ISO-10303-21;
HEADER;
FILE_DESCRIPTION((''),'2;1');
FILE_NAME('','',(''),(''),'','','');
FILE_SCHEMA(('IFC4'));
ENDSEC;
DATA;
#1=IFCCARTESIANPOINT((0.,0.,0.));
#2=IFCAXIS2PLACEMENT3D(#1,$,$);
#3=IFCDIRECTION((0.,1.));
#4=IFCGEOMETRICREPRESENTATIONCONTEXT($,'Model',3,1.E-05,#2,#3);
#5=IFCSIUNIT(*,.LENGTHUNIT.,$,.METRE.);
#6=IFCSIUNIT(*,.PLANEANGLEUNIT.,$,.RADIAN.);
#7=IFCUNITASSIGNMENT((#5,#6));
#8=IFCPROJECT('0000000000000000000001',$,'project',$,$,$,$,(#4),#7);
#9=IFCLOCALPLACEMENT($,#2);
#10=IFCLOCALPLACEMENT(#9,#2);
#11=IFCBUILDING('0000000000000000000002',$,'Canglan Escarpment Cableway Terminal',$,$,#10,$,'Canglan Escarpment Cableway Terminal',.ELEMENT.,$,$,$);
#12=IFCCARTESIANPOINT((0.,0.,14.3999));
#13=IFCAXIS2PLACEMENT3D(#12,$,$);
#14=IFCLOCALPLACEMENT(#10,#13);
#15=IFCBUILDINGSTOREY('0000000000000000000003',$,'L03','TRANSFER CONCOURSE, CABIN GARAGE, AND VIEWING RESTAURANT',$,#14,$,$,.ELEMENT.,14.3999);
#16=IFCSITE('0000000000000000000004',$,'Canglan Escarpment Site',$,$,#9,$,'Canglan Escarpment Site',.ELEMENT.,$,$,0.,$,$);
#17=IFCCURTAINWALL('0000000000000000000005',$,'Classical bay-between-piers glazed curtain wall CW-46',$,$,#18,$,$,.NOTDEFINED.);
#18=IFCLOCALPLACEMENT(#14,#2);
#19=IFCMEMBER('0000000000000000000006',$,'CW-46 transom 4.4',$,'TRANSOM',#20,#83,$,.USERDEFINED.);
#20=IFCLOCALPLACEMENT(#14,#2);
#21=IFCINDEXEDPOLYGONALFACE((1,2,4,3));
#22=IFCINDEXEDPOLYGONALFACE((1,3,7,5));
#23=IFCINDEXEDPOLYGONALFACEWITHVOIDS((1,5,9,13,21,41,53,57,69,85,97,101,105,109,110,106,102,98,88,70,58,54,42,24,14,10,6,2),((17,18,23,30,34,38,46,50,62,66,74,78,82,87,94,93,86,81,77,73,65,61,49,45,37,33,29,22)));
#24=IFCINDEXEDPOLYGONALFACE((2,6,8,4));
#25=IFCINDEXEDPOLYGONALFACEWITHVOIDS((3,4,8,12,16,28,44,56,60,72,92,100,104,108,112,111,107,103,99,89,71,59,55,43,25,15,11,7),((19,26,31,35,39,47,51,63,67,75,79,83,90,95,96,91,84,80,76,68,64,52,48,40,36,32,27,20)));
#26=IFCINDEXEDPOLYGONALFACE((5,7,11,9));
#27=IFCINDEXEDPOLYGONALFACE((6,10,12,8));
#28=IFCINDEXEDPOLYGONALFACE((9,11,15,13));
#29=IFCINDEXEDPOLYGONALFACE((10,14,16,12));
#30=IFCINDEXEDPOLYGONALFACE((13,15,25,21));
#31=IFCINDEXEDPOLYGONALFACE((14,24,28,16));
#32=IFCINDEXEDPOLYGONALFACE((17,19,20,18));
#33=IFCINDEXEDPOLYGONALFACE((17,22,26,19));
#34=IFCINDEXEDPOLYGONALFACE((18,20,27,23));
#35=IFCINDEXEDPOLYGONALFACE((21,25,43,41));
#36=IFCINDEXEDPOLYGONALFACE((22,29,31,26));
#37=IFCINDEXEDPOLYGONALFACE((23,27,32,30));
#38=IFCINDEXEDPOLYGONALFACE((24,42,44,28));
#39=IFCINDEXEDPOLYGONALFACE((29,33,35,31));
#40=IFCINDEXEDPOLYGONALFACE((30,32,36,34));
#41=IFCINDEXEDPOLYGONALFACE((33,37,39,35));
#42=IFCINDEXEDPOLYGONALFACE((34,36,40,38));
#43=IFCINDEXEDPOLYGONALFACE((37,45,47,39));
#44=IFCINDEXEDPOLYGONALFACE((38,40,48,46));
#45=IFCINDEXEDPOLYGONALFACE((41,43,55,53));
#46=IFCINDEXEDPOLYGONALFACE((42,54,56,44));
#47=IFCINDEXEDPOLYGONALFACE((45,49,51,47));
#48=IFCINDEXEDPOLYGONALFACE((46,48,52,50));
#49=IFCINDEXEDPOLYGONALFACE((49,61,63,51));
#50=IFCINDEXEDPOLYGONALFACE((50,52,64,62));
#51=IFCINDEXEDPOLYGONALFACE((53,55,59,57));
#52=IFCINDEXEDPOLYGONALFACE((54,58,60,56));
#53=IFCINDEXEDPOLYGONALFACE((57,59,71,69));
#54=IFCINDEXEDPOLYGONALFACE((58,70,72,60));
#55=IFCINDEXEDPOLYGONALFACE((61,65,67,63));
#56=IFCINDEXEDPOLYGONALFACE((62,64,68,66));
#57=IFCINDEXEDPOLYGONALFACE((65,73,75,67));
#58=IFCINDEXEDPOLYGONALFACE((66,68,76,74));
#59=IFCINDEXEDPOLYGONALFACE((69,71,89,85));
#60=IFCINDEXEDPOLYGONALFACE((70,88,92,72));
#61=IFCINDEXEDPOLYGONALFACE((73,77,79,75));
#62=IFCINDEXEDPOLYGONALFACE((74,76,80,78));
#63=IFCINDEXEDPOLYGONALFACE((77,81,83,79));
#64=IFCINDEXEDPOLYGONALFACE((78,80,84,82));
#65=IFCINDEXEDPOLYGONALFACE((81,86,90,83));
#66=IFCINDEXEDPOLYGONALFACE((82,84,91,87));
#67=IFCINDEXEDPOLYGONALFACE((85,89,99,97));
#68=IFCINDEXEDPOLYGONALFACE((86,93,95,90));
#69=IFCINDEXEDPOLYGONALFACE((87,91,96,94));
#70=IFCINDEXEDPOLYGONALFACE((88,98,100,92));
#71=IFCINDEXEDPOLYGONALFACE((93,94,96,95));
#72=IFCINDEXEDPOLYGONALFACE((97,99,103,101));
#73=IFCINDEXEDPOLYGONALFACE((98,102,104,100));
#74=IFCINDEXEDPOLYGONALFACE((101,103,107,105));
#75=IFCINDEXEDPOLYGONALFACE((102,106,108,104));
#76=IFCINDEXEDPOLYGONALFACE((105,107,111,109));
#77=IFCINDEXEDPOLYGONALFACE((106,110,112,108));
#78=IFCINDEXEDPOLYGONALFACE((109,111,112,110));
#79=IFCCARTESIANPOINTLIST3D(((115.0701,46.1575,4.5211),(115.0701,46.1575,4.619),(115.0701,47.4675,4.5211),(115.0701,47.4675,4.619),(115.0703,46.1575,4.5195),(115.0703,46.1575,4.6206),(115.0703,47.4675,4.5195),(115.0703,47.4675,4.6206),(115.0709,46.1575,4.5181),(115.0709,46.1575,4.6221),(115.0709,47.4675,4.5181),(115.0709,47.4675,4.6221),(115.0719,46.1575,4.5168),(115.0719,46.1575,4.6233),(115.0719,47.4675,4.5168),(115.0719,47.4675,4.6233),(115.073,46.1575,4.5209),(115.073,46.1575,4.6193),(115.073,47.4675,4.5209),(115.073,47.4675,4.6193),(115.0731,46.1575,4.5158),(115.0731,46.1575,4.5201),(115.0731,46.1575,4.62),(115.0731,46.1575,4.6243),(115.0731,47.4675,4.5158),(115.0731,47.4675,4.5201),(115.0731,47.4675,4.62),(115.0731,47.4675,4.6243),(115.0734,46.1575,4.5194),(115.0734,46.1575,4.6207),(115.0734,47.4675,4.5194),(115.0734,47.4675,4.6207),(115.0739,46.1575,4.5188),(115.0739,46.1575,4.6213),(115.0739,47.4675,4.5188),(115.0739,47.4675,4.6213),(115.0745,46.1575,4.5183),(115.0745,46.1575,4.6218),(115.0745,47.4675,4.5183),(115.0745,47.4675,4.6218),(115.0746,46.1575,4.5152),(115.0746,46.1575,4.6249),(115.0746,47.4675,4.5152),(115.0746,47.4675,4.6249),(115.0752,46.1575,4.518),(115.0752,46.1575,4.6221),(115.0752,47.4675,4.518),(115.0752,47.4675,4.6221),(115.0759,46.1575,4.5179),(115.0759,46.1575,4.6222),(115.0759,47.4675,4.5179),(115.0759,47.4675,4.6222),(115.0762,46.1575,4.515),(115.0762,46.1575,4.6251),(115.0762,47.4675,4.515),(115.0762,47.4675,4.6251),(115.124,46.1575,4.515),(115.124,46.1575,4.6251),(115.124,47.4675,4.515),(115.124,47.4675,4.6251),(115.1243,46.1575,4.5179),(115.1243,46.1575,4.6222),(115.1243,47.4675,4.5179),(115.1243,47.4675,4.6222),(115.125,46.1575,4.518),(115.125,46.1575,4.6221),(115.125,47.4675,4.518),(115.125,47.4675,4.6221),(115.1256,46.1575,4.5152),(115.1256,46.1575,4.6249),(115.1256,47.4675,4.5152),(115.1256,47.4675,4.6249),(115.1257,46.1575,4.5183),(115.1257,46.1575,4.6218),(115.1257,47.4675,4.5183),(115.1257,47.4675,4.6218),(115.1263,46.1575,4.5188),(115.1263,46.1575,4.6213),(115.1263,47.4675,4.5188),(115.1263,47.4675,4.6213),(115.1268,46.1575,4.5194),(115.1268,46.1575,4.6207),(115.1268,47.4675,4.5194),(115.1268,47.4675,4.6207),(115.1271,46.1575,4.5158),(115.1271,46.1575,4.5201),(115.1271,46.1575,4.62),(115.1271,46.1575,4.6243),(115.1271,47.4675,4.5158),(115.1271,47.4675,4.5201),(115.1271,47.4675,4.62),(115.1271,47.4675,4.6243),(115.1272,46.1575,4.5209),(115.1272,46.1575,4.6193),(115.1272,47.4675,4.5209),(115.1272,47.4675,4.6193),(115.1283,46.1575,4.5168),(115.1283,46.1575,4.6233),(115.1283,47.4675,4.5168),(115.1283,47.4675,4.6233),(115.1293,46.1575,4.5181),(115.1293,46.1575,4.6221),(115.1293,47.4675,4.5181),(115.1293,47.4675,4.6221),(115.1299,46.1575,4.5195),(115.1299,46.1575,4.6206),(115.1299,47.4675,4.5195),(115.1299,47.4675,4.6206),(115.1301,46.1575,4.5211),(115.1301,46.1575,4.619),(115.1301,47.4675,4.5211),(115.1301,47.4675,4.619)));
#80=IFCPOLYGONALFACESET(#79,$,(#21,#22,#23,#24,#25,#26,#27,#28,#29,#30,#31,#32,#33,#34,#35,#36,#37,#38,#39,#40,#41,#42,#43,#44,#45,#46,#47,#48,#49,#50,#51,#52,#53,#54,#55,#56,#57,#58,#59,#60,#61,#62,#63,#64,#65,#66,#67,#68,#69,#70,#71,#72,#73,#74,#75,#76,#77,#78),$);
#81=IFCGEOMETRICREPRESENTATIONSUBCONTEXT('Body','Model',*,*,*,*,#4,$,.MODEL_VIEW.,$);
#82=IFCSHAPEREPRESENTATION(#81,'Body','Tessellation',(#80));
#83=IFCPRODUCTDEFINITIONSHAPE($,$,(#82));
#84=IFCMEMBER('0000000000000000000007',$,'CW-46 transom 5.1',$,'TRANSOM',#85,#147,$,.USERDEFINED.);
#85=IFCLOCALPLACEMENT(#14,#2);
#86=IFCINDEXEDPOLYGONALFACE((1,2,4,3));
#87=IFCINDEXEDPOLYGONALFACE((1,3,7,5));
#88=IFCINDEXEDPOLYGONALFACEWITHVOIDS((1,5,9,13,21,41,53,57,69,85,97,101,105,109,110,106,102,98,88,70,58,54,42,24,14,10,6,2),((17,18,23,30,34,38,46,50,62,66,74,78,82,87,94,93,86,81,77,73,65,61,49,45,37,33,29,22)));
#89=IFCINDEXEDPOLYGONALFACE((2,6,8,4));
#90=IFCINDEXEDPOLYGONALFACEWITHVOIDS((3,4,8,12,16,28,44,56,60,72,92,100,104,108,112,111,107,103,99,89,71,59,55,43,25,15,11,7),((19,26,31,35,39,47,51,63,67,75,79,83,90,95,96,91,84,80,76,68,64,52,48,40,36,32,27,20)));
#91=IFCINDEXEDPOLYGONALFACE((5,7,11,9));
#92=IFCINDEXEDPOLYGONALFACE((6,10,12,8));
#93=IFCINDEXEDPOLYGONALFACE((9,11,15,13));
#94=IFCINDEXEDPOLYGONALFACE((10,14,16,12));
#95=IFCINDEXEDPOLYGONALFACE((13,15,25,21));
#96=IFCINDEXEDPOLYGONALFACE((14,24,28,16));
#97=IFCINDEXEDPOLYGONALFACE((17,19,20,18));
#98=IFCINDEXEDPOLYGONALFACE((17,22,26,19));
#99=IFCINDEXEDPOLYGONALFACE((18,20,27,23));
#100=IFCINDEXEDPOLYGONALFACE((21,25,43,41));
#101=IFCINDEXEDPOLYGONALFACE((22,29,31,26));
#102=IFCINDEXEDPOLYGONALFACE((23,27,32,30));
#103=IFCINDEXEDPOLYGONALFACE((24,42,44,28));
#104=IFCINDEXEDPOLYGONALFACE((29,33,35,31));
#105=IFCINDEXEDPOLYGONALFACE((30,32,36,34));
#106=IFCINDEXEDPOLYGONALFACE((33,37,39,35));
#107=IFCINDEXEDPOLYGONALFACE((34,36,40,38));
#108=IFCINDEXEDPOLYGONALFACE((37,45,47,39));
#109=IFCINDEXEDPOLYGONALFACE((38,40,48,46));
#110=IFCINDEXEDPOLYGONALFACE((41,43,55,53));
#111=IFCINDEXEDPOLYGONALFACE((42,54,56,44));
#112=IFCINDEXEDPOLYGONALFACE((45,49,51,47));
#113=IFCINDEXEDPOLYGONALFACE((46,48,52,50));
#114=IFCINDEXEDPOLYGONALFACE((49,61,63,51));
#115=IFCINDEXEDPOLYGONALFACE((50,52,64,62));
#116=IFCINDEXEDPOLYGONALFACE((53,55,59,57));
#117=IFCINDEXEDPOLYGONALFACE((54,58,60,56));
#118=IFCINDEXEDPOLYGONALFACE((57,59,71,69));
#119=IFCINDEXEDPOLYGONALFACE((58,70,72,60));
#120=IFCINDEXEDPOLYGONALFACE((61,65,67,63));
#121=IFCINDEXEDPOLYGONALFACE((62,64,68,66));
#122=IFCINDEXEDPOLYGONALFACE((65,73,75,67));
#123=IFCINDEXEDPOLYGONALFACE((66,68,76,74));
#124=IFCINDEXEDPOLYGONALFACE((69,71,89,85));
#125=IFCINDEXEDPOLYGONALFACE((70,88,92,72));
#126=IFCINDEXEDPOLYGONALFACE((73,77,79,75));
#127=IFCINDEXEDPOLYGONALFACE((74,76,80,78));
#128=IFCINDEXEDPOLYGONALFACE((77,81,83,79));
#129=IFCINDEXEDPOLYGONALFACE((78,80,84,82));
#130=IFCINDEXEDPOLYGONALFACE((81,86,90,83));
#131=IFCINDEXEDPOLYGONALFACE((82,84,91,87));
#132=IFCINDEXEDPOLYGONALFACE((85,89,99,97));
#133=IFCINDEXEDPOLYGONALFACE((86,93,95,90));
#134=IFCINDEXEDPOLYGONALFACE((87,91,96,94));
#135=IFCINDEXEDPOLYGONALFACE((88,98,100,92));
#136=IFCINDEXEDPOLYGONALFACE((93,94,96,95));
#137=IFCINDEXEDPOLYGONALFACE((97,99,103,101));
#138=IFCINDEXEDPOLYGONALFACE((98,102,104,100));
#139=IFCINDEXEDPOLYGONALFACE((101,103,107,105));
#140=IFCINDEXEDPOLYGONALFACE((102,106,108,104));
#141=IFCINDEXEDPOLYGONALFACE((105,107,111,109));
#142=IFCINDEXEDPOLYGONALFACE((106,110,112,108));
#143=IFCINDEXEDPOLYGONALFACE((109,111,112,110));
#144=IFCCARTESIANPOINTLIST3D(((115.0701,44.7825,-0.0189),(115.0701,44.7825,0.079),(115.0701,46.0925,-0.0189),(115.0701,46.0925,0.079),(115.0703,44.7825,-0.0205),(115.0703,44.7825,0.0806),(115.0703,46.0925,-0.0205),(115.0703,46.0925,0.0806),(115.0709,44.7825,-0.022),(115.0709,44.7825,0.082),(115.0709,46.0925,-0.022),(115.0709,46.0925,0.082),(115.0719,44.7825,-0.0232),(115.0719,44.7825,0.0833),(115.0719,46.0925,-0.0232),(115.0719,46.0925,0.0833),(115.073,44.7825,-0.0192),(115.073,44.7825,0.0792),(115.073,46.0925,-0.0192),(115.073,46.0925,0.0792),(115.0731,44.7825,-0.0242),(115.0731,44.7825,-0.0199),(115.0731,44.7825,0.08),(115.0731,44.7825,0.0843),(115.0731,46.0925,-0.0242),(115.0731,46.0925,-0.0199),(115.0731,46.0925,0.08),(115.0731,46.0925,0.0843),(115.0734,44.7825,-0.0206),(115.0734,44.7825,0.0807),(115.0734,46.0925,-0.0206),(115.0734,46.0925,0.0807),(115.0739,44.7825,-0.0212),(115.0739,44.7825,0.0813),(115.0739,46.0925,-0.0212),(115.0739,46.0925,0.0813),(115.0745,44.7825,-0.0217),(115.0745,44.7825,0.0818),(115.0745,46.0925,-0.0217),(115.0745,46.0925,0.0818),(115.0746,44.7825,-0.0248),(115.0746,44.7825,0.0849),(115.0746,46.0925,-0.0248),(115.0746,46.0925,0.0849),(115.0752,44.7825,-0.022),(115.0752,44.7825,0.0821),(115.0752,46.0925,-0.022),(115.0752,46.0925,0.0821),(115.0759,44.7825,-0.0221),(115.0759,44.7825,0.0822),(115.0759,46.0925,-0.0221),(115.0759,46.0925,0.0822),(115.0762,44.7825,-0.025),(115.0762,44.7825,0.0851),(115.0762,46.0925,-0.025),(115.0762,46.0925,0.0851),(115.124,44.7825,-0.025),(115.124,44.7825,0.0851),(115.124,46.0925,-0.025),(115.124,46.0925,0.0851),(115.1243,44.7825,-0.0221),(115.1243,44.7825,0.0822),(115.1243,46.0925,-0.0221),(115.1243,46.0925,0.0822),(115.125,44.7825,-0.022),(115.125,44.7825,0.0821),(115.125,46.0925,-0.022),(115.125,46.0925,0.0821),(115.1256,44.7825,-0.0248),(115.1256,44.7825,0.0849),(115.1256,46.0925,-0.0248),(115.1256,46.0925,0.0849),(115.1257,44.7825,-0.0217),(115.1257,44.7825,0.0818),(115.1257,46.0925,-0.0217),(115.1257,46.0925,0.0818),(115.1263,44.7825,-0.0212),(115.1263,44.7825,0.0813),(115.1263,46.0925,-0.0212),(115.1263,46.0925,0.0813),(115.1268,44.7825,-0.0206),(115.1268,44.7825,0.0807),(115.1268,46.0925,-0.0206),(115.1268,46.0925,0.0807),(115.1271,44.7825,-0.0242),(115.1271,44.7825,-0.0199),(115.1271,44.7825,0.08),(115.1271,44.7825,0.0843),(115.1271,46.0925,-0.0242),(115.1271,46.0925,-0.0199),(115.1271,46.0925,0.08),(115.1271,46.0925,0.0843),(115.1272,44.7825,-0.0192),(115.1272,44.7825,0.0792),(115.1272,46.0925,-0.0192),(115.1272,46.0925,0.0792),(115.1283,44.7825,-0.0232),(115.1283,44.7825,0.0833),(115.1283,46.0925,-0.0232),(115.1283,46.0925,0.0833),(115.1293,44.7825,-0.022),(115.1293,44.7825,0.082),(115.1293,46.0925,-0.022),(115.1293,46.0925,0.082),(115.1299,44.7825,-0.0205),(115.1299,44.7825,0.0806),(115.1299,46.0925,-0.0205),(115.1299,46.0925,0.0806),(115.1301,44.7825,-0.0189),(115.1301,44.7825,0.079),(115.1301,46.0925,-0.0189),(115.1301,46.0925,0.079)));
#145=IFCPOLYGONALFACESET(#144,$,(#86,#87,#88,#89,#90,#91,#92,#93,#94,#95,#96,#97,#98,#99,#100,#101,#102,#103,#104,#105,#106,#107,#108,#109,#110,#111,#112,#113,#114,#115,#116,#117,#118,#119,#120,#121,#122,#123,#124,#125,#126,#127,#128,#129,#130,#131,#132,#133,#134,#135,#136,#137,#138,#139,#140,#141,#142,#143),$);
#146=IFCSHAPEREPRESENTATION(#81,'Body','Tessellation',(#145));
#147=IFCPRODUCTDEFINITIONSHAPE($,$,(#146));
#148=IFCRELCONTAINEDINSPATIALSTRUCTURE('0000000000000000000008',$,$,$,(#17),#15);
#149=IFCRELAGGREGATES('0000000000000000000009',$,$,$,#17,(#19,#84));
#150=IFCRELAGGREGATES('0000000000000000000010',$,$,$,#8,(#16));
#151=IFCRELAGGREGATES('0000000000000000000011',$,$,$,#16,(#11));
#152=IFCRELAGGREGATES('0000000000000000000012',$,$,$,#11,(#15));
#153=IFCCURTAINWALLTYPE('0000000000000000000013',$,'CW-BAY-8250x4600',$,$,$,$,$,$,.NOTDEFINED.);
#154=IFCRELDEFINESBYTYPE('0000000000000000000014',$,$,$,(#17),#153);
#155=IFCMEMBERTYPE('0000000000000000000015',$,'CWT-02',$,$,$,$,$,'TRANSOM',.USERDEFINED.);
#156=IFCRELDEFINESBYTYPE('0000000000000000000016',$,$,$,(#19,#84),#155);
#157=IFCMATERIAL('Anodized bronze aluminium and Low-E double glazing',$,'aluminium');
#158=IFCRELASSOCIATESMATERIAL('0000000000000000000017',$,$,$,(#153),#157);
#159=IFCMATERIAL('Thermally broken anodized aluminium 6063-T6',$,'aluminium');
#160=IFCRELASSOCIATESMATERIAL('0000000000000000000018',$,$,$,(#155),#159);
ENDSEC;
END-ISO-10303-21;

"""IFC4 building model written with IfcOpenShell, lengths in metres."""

from ifc_helpers import new_model, si_unit, direction, frame, origin, origin_2d, place, context, subcontext, project, spatial, hollow_rectangle, extrude, material, material_profile, profile_set, type_object, element, aggregate, save


model = new_model("IFC4")

# Units and contexts
model_context = context("Model", 3, precision=1e-05, world=origin(), true_north=direction((0.0, 1.0)))
body_context = subcontext(model_context, "Body", "Model", "MODEL_VIEW")
ifc_project = project(units=[si_unit("LENGTHUNIT", "METRE"), si_unit("PLANEANGLEUNIT", "RADIAN")], contexts=[model_context])

# Site, building, storey
site_placement = place(None, origin())
site = spatial("IfcSite", under=ifc_project, at=site_placement, Name="Canglan Escarpment Site", LongName="Canglan Escarpment Site", CompositionType="ELEMENT", RefElevation=0.0)
building_placement = place(site_placement, origin())
building = spatial("IfcBuilding", under=site, at=building_placement, Name="Canglan Escarpment Cableway Terminal", LongName="Canglan Escarpment Cableway Terminal", CompositionType="ELEMENT")
storey_placement = place(building_placement, frame((0.0, 0.0, 14.3999)))
storey = spatial("IfcBuildingStorey", under=building, at=storey_placement, Name="L03", Description="TRANSFER CONCOURSE, CABIN GARAGE, AND VIEWING RESTAURANT", CompositionType="ELEMENT", Elevation=14.3999)

# Curtain wall, members
ifc_material_1 = material(Name="Anodized bronze aluminium and Low-E double glazing", Category="aluminium")
curtain_wall_type = type_object("IfcCurtainWallType", Name="CW-BAY-8250x4600", PredefinedType="NOTDEFINED", material=ifc_material_1)
curtain_wall_placement = place(storey_placement, origin())
curtain_wall = element("IfcCurtainWall", 1, at=curtain_wall_placement, inside=storey, type_object=curtain_wall_type, Name="Classical bay-between-piers glazed curtain wall CW-46", PredefinedType="NOTDEFINED")
ifc_material_2 = material(Name="Thermally broken anodized aluminium 6063-T6", Category="aluminium")
ifc_material_profile_1 = material_profile(ifc_material_2, hollow_rectangle(XDim=0.0601, YDim=0.1101, WallThickness=0.0029, InnerFilletRadius=0.0029, OuterFilletRadius=0.0061, at=origin_2d()), Name="ALU-TRAN 60x110x3")
ifc_profile_set_1 = profile_set([ifc_material_profile_1], Name="Thermally broken anodized aluminium 6063-T6")
member_type_1 = type_object("IfcMemberType", Name="CWT-02", ElementType="TRANSOM", PredefinedType="USERDEFINED", material=ifc_profile_set_1)
member_1_placement = place(storey_placement, frame((115.1001, 47.4675, 4.5701), z_axis=(0.0, -1.0, 0.0), x_axis=(1.0, 0.0, 0.0)))
member_1 = element("IfcMember", 2, at=member_1_placement, type_object=member_type_1, Name="CW-46 transom 4.4", ObjectType="TRANSOM", PredefinedType="USERDEFINED", context=body_context, shape_type="SweptSolid", body=[
    extrude(hollow_rectangle(XDim=0.0601, YDim=0.1101, WallThickness=0.0029, InnerFilletRadius=0.0029, OuterFilletRadius=0.0061, at=origin_2d()), origin(), (0.0, 0.0, 1.0), 1.3101),
])
member_2_placement = place(storey_placement, frame((115.1001, 46.0925, 0.03), z_axis=(0.0, -1.0, 0.0), x_axis=(1.0, 0.0, 0.0)))
member_2 = element("IfcMember", 3, at=member_2_placement, type_object=member_type_1, Name="CW-46 transom 5.1", ObjectType="TRANSOM", PredefinedType="USERDEFINED", context=body_context, shape_type="SweptSolid", body=[
    extrude(hollow_rectangle(XDim=0.0601, YDim=0.1101, WallThickness=0.0029, InnerFilletRadius=0.0029, OuterFilletRadius=0.0061, at=origin_2d()), origin(), (0.0, 0.0, 1.0), 1.3101),
])
aggregate(curtain_wall, [member_1, member_2])

save(model, "model.ifc")
